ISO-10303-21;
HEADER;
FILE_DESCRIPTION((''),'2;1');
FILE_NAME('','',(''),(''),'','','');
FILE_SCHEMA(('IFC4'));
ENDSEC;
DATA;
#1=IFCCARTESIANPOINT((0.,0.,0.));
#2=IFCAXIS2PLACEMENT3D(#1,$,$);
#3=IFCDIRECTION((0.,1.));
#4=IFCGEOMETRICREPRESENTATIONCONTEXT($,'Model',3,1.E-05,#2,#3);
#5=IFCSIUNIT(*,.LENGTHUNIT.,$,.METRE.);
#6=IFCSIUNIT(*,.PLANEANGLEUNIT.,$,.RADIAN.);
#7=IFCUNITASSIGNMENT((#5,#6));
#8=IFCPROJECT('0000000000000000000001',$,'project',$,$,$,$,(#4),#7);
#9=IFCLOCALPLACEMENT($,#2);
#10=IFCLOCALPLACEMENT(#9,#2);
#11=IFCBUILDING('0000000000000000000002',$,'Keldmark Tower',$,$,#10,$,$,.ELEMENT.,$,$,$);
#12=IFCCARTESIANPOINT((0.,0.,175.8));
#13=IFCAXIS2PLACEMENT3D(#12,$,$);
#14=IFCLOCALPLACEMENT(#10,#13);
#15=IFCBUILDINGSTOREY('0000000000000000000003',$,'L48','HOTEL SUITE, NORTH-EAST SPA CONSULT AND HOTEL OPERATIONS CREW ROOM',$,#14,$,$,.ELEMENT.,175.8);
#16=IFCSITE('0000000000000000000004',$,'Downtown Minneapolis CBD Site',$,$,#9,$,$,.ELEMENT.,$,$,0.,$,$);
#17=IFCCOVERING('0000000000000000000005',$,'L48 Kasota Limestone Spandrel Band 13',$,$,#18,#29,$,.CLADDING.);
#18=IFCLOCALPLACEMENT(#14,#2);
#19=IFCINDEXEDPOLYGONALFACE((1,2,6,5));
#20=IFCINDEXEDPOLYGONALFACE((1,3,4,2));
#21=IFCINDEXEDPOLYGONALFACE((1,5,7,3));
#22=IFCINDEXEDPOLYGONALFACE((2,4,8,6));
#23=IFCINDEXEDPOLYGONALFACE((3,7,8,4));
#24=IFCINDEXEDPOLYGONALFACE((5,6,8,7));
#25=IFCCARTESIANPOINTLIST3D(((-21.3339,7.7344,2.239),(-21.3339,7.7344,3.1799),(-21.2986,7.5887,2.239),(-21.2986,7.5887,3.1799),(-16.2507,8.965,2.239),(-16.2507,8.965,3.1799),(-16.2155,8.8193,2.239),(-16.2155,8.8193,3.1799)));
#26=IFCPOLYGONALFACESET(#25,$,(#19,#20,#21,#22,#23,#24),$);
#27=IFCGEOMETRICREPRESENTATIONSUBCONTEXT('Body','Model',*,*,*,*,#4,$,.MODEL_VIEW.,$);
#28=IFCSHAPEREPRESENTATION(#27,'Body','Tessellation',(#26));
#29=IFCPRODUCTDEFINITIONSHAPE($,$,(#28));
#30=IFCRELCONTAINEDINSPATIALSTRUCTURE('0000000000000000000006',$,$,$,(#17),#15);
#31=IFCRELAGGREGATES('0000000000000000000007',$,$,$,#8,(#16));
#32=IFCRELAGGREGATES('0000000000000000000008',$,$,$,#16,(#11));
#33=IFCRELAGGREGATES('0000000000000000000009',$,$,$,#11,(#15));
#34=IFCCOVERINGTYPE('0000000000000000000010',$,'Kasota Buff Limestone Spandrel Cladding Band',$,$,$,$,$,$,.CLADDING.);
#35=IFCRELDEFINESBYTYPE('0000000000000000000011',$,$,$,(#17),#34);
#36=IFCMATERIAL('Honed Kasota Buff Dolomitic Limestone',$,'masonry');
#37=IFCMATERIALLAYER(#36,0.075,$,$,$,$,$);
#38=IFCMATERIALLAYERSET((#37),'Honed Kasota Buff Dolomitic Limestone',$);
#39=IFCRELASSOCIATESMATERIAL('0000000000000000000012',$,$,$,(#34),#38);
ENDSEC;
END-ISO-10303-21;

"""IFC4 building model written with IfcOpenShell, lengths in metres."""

from ifc_helpers import new_model, si_unit, direction, frame, origin, origin_2d, place, context, subcontext, project, spatial, rectangle, extrude, material, layer, layer_set, type_object, element, save


model = new_model("IFC4")

# Units and contexts
model_context = context("Model", 3, precision=1e-05, world=origin(), true_north=direction((0.0, 1.0)))
body_context = subcontext(model_context, "Body", "Model", "MODEL_VIEW")
ifc_project = project(units=[si_unit("LENGTHUNIT", "METRE"), si_unit("PLANEANGLEUNIT", "RADIAN")], contexts=[model_context])

# Site, building, storey
site_placement = place(None, origin())
site = spatial("IfcSite", under=ifc_project, at=site_placement, Name="Downtown Minneapolis CBD Site", CompositionType="ELEMENT", RefElevation=0.0)
building_placement = place(site_placement, origin())
building = spatial("IfcBuilding", under=site, at=building_placement, Name="Keldmark Tower", CompositionType="ELEMENT")
storey_placement = place(building_placement, frame((0.0, 0.0, 175.8)))
storey = spatial("IfcBuildingStorey", under=building, at=storey_placement, Name="L48", Description="HOTEL SUITE, NORTH-EAST SPA CONSULT AND HOTEL OPERATIONS CREW ROOM", CompositionType="ELEMENT", Elevation=175.8)

# Covering
ifc_material_1 = material(Name="Honed Kasota Buff Dolomitic Limestone", Category="masonry")
ifc_layer_1 = layer(ifc_material_1, 0.075)
ifc_layer_set_1 = layer_set([ifc_layer_1], Name="Honed Kasota Buff Dolomitic Limestone")
covering_type = type_object("IfcCoveringType", Name="Kasota Buff Limestone Spandrel Cladding Band", PredefinedType="CLADDING", material=ifc_layer_set_1)
covering_placement = place(storey_placement, frame((-18.7747, 8.2769, 2.239), z_axis=(0.0, 0.0, 1.0), x_axis=(-0.971924, -0.235295, 0.0)))
element("IfcCovering", 1, at=covering_placement, inside=storey, type_object=covering_type, Name="L48 Kasota Limestone Spandrel Band 13", PredefinedType="CLADDING", context=body_context, shape_type="SweptSolid", body=[
    extrude(rectangle(XDim=5.23, YDim=0.1499, at=origin_2d()), origin(), (0.0, 0.0, 1.0), 0.9409),
])

save(model, "model.ifc")
